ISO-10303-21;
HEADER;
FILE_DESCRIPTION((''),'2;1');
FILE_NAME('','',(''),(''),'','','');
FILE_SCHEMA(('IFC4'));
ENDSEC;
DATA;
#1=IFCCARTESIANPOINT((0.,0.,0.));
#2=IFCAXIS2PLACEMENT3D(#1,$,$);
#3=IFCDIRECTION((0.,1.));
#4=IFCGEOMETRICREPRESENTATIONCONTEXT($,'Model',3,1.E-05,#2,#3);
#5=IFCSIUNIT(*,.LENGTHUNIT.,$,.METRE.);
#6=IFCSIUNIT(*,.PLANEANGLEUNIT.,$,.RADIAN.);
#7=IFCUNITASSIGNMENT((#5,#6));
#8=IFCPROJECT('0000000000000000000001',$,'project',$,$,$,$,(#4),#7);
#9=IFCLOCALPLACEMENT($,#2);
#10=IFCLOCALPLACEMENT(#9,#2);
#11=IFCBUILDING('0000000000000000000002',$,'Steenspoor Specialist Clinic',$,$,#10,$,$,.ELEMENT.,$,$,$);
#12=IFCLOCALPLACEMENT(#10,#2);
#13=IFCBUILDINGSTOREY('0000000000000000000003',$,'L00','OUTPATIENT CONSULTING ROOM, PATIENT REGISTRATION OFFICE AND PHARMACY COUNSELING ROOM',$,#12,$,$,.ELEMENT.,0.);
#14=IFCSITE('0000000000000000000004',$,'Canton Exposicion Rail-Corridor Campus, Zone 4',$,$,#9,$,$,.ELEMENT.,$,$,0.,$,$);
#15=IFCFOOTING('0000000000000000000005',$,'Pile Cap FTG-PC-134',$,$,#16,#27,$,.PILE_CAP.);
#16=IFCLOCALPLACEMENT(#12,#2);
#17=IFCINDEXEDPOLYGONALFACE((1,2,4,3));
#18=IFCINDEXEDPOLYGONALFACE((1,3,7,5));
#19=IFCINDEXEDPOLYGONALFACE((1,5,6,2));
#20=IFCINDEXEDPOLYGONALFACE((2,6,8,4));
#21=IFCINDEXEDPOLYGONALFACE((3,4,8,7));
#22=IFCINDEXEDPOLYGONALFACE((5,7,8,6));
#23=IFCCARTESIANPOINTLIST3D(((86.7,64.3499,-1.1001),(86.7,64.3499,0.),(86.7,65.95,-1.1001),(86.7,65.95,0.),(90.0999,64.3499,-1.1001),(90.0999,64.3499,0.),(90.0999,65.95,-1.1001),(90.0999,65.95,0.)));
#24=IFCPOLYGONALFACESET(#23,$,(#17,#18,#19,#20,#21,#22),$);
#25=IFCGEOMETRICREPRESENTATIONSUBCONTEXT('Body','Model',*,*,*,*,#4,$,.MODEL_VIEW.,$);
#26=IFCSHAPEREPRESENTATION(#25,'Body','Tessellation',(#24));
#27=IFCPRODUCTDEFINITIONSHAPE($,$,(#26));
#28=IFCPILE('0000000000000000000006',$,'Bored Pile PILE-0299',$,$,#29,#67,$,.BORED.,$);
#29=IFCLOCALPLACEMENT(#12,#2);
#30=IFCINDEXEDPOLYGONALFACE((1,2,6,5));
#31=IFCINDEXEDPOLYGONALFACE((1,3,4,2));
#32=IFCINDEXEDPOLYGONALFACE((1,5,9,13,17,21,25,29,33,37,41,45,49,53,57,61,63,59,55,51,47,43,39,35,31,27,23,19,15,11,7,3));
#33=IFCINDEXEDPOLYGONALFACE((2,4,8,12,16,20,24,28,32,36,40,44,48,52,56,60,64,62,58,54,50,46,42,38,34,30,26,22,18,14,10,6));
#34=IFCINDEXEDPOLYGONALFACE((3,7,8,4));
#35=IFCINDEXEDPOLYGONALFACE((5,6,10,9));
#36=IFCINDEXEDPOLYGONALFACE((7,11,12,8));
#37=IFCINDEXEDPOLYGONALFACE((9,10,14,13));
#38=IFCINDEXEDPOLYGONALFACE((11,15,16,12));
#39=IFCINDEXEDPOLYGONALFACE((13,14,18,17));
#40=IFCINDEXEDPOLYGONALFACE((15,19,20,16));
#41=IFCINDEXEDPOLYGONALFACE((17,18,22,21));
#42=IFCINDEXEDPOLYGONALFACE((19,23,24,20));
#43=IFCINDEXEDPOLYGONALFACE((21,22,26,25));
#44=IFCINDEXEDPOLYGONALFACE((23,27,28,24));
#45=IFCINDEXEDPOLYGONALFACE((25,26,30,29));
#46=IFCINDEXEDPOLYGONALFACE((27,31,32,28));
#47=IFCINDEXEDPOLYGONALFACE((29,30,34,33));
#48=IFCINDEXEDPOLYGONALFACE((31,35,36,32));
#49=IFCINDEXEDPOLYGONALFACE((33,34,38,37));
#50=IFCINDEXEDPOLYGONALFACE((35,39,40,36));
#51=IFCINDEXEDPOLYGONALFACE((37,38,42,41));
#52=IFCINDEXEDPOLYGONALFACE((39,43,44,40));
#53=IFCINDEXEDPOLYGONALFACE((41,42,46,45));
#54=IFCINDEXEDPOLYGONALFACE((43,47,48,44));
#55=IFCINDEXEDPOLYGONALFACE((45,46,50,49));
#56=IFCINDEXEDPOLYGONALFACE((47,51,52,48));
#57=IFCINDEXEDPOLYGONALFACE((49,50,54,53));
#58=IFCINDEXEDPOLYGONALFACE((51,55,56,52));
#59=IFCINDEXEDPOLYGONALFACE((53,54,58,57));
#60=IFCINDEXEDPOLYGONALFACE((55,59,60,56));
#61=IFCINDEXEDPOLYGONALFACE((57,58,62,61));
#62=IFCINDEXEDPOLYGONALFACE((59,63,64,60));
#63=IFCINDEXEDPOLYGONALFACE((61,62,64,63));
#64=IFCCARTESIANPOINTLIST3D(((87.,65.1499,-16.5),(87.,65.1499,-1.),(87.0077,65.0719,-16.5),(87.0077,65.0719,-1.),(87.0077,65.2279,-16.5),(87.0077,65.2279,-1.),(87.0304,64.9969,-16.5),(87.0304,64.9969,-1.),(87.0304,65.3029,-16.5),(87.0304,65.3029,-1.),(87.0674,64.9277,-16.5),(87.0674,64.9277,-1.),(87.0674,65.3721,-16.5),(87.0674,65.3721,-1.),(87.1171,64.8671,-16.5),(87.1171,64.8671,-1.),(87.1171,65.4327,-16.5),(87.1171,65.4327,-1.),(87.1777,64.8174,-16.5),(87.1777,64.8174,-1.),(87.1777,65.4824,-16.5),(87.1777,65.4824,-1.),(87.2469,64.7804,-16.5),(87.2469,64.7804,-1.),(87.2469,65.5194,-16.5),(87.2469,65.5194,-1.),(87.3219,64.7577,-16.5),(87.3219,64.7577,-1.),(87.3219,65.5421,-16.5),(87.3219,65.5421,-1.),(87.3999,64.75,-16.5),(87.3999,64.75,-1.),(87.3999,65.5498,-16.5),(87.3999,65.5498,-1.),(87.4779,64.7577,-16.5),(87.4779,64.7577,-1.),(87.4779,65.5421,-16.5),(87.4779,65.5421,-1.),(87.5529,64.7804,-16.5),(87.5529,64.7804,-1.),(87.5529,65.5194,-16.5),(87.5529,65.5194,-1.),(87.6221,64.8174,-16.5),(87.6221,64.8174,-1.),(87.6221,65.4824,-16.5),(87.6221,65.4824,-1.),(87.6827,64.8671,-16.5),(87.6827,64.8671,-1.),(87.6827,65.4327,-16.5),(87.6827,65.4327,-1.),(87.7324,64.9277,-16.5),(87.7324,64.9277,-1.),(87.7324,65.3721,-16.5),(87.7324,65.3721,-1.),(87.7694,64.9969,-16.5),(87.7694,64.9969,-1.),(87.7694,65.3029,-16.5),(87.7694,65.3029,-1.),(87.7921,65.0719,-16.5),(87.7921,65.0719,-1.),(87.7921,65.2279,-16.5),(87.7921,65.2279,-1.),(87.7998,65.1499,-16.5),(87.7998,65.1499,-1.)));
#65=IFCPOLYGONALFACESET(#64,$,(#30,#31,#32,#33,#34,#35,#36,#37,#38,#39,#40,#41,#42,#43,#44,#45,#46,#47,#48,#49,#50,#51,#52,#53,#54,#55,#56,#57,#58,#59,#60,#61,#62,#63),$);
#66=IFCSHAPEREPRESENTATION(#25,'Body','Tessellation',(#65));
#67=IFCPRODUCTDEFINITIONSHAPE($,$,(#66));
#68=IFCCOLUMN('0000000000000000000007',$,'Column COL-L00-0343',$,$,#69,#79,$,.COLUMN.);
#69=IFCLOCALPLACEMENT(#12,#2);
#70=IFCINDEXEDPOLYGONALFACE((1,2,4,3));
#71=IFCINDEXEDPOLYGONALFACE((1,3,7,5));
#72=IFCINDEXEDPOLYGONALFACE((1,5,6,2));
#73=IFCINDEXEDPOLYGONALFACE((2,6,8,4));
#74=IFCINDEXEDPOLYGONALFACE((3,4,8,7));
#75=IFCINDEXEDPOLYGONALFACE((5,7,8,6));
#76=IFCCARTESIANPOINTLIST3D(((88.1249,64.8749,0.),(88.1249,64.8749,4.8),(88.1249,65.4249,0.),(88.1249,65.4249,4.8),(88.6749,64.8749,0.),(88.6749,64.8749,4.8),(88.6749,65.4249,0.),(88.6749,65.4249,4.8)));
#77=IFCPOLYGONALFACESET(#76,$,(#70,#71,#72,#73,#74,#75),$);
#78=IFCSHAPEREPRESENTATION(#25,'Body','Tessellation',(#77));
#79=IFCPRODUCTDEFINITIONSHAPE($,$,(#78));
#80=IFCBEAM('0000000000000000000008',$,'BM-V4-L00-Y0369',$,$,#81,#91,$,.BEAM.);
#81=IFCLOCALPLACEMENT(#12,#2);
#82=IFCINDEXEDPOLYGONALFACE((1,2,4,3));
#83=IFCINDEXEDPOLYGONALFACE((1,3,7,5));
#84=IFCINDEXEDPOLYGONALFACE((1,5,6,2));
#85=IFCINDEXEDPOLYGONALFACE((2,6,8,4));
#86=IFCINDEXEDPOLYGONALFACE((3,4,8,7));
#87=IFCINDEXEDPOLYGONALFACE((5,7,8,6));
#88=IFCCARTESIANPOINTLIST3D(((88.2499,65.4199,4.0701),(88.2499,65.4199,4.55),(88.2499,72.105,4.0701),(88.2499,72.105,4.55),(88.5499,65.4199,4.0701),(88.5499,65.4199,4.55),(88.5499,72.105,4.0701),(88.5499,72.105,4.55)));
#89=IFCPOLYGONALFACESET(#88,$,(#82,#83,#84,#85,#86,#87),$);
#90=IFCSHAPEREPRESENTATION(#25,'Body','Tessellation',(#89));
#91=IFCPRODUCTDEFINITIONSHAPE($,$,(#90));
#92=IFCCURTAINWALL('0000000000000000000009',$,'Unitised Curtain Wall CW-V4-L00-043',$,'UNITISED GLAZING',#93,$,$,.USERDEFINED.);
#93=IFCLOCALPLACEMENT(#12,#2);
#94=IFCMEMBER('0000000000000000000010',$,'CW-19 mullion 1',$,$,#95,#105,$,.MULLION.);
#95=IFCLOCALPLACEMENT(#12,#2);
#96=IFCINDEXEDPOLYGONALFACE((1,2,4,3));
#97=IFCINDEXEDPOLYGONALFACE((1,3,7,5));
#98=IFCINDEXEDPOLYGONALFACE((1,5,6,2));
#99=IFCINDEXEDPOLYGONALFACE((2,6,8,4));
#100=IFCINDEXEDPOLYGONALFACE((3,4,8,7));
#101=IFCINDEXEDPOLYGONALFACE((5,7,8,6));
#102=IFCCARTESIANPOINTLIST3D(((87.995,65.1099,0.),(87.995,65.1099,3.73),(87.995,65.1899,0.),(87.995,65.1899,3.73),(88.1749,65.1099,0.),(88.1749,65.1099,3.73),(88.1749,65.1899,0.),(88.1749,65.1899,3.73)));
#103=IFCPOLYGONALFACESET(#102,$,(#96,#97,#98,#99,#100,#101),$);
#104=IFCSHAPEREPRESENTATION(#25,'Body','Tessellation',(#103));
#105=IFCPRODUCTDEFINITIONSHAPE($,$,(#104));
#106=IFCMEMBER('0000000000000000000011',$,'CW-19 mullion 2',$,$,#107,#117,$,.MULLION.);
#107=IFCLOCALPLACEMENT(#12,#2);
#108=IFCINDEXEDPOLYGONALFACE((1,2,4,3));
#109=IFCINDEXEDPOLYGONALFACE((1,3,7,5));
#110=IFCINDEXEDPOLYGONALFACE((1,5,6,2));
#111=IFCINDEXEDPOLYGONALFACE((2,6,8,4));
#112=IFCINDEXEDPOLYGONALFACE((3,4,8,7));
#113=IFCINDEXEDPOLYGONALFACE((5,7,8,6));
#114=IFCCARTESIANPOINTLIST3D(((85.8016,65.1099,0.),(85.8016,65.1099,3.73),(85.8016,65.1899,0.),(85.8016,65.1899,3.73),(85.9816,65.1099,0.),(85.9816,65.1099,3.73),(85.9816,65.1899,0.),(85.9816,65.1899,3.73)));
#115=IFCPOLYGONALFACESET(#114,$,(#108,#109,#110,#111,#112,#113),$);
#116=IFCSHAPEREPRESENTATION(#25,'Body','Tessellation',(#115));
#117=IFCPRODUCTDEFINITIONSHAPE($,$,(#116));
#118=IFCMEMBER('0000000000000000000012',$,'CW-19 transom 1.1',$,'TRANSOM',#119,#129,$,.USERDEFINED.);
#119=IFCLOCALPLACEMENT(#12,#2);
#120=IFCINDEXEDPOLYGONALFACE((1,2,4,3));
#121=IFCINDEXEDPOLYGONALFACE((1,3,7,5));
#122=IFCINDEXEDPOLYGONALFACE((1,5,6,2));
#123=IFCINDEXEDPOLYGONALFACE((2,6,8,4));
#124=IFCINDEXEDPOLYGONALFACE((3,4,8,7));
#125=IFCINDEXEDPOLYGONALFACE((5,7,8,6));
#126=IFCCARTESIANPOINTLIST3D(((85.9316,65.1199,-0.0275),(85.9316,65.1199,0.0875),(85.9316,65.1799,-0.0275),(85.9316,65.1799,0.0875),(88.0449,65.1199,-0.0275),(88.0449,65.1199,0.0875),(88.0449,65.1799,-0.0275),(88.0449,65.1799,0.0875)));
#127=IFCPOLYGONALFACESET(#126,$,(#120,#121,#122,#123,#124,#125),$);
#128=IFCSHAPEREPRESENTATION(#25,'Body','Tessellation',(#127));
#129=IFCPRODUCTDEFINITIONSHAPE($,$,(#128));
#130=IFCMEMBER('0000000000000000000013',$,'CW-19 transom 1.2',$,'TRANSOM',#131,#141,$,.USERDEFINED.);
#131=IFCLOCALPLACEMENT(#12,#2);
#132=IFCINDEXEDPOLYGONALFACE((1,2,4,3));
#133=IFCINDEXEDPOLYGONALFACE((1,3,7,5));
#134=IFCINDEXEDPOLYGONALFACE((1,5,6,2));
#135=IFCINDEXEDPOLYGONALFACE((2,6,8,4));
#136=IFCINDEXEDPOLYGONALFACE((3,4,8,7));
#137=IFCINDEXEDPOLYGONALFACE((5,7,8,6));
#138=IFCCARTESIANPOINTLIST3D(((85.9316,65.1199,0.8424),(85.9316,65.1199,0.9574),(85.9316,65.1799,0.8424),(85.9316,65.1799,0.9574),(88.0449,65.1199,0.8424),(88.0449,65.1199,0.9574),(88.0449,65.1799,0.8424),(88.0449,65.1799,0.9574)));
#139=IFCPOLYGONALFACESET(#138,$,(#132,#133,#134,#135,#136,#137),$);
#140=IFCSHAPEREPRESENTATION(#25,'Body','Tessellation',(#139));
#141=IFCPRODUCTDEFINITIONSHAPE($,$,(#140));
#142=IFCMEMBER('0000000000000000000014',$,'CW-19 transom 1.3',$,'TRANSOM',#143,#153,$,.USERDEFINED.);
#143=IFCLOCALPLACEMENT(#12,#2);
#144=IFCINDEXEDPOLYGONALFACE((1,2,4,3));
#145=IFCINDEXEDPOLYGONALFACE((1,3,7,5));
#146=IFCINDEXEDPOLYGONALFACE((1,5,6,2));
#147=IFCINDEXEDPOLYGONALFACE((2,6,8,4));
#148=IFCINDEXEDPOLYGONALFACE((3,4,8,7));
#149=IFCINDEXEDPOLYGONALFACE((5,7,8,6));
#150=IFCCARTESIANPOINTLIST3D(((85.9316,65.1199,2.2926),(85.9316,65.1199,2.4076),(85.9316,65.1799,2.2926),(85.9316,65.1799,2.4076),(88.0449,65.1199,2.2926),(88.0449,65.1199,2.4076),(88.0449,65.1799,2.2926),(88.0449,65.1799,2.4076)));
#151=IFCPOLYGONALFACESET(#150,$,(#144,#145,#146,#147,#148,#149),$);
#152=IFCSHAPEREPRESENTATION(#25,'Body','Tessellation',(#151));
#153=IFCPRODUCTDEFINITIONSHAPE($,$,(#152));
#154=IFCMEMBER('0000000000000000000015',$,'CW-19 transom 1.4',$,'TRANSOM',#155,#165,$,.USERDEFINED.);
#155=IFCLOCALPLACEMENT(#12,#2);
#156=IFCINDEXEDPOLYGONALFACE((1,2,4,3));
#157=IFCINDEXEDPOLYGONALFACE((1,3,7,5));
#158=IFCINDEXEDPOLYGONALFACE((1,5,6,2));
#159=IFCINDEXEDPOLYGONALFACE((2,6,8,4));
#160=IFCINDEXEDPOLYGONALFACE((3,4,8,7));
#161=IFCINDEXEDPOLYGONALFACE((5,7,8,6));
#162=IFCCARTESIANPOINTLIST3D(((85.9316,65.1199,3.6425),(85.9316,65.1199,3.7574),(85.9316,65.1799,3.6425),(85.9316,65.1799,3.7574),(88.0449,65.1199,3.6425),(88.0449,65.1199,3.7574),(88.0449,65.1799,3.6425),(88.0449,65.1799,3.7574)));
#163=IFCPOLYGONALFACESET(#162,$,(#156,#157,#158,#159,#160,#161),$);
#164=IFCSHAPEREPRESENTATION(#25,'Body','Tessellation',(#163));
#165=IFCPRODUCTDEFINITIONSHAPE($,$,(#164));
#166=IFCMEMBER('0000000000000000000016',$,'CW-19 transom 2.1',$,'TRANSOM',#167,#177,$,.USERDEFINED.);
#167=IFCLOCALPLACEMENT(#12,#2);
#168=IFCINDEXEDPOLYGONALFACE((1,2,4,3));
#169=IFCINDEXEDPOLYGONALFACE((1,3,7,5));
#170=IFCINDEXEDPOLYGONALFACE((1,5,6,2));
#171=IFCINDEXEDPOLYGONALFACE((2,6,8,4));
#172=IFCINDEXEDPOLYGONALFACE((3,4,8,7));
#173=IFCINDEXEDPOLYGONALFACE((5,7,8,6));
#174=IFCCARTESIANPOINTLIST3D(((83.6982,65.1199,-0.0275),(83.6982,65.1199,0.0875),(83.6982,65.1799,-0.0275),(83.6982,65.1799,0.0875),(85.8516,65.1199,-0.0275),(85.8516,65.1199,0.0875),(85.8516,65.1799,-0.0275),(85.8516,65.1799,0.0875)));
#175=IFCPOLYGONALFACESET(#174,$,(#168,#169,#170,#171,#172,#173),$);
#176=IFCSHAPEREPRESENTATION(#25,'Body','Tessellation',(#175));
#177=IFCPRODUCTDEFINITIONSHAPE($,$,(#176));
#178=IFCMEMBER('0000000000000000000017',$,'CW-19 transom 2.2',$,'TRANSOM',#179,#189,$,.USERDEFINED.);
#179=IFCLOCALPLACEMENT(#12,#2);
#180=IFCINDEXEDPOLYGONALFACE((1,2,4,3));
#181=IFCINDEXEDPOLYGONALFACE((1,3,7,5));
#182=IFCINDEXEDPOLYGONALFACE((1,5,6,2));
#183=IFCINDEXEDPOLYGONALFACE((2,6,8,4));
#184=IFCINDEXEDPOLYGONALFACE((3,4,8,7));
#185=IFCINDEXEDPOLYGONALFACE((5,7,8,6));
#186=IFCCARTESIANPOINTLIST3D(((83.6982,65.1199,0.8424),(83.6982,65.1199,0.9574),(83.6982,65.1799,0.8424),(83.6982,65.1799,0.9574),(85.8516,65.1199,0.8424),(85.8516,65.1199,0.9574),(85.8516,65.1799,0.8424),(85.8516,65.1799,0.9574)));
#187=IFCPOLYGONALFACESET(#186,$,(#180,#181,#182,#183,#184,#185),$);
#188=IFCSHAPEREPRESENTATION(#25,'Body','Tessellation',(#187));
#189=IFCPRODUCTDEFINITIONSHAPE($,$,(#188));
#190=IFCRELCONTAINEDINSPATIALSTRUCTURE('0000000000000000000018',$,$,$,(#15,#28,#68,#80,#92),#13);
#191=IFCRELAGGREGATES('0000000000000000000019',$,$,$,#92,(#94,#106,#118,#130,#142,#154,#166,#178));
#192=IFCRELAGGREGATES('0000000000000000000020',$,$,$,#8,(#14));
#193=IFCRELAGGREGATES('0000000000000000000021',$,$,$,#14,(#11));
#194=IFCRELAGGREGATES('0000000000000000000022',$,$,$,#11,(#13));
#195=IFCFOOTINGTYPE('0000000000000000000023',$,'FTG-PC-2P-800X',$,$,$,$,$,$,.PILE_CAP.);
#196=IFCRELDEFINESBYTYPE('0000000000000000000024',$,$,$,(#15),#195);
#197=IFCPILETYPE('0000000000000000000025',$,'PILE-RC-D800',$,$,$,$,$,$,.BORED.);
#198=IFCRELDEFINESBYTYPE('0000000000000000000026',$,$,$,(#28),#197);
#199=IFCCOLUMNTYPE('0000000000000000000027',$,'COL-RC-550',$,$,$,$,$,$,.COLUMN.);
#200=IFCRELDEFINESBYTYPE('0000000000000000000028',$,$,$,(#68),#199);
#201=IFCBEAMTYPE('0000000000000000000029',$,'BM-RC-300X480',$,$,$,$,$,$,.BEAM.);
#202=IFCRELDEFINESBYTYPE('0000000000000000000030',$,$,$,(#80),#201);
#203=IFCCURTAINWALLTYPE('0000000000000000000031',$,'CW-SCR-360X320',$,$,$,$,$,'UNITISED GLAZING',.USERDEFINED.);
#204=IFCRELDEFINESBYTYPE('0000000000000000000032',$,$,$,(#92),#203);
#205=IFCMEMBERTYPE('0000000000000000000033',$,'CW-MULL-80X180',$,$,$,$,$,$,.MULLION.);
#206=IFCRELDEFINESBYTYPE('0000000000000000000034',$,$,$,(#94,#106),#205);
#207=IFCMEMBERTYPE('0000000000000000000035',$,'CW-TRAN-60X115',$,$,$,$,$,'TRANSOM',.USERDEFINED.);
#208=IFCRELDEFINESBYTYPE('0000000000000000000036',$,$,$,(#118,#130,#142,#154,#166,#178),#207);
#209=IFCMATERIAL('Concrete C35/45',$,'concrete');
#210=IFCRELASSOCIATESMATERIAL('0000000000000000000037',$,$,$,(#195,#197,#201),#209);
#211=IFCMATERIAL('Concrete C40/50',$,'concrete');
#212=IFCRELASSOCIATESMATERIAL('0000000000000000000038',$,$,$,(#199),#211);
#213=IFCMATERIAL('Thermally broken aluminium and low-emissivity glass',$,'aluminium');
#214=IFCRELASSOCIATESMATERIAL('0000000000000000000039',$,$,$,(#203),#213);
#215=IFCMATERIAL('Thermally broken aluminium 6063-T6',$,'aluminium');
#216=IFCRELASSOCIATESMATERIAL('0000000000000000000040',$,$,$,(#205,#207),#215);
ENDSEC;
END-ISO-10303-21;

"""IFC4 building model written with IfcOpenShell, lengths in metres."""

from ifc_helpers import new_model, si_unit, direction, frame, origin, origin_2d, place, context, subcontext, project, spatial, rectangle, circle, extrude, material, material_profile, profile_set, type_object, element, aggregate, save


model = new_model("IFC4")

# Units and contexts
model_context = context("Model", 3, precision=1e-05, world=origin(), true_north=direction((0.0, 1.0)))
body_context = subcontext(model_context, "Body", "Model", "MODEL_VIEW")
ifc_project = project(units=[si_unit("LENGTHUNIT", "METRE"), si_unit("PLANEANGLEUNIT", "RADIAN")], contexts=[model_context])

# Site, building, storey
site_placement = place(None, origin())
site = spatial("IfcSite", under=ifc_project, at=site_placement, Name="Canton Exposicion Rail-Corridor Campus, Zone 4", CompositionType="ELEMENT", RefElevation=0.0)
building_placement = place(site_placement, origin())
building = spatial("IfcBuilding", under=site, at=building_placement, Name="Steenspoor Specialist Clinic", CompositionType="ELEMENT")
storey_placement = place(building_placement, origin())
storey = spatial("IfcBuildingStorey", under=building, at=storey_placement, Name="L00", Description="OUTPATIENT CONSULTING ROOM, PATIENT REGISTRATION OFFICE AND PHARMACY COUNSELING ROOM", CompositionType="ELEMENT", Elevation=0.0)

# Footing
ifc_material_1 = material(Name="Concrete C35/45", Category="concrete")
footing_type = type_object("IfcFootingType", Name="FTG-PC-2P-800X", PredefinedType="PILE_CAP", material=ifc_material_1)
footing_placement = place(storey_placement, frame((88.3999, 65.1499, -1.1001), z_axis=(0.0, 0.0, 1.0), x_axis=(1.0, 0.0, 0.0)))
element("IfcFooting", 1, at=footing_placement, inside=storey, type_object=footing_type, Name="Pile Cap FTG-PC-134", PredefinedType="PILE_CAP", context=body_context, shape_type="SweptSolid", body=[
    extrude(rectangle(XDim=3.3999, YDim=1.6001, at=origin_2d()), origin(), (0.0, 0.0, 1.0), 1.1001),
])

# Pile
ifc_material_profile_1 = material_profile(ifc_material_1, circle(Radius=0.3999, at=origin_2d()), Name="PILE-D800")
ifc_profile_set_1 = profile_set([ifc_material_profile_1], Name="Concrete C35/45")
pile_type = type_object("IfcPileType", Name="PILE-RC-D800", PredefinedType="BORED", material=ifc_profile_set_1)
pile_placement = place(storey_placement, frame((87.3999, 65.1499, -1.0), z_axis=(0.0, 0.0, -1.0), x_axis=(1.0, 0.0, 0.0)))
element("IfcPile", 2, at=pile_placement, inside=storey, type_object=pile_type, Name="Bored Pile PILE-0299", PredefinedType="BORED", context=body_context, shape_type="SweptSolid", body=[
    extrude(circle(Radius=0.3999, at=origin_2d()), origin(), (0.0, 0.0, 1.0), 15.5),
])

# Column
ifc_material_2 = material(Name="Concrete C40/50", Category="concrete")
ifc_material_profile_2 = material_profile(ifc_material_2, rectangle(XDim=0.55, YDim=0.55, at=origin_2d()), Name="RC-COL-550X550")
ifc_profile_set_2 = profile_set([ifc_material_profile_2], Name="Concrete C40/50")
column_type = type_object("IfcColumnType", Name="COL-RC-550", PredefinedType="COLUMN", material=ifc_profile_set_2)
column_placement = place(storey_placement, frame((88.3999, 65.1499, 0.0), z_axis=(0.0, 0.0, 1.0), x_axis=(1.0, 0.0, 0.0)))
element("IfcColumn", 3, at=column_placement, inside=storey, type_object=column_type, Name="Column COL-L00-0343", PredefinedType="COLUMN", context=body_context, shape_type="SweptSolid", body=[
    extrude(rectangle(XDim=0.55, YDim=0.55, at=origin_2d()), origin(), (0.0, 0.0, 1.0), 4.8),
])

# Beam
ifc_material_profile_3 = material_profile(ifc_material_1, rectangle(XDim=0.3, YDim=0.48, at=origin_2d()), Name="RC-BM-300X480")
ifc_profile_set_3 = profile_set([ifc_material_profile_3], Name="Concrete C35/45")
beam_type = type_object("IfcBeamType", Name="BM-RC-300X480", PredefinedType="BEAM", material=ifc_profile_set_3)
beam_placement = place(storey_placement, frame((88.3999, 65.4199, 4.3101), z_axis=(0.0, 1.0, 0.0), x_axis=(-1.0, 0.0, 0.0)))
element("IfcBeam", 4, at=beam_placement, inside=storey, type_object=beam_type, Name="BM-V4-L00-Y0369", PredefinedType="BEAM", context=body_context, shape_type="SweptSolid", body=[
    extrude(rectangle(XDim=0.3, YDim=0.48, at=origin_2d()), origin(), (0.0, 0.0, 1.0), 6.6851),
])

# Curtain wall, members
ifc_material_3 = material(Name="Thermally broken aluminium and low-emissivity glass", Category="aluminium")
curtain_wall_type = type_object("IfcCurtainWallType", Name="CW-SCR-360X320", ElementType="UNITISED GLAZING", PredefinedType="USERDEFINED", material=ifc_material_3)
curtain_wall_placement = place(storey_placement, origin())
curtain_wall = element("IfcCurtainWall", 5, at=curtain_wall_placement, inside=storey, type_object=curtain_wall_type, Name="Unitised Curtain Wall CW-V4-L00-043", ObjectType="UNITISED GLAZING", PredefinedType="USERDEFINED")
ifc_material_4 = material(Name="Thermally broken aluminium 6063-T6", Category="aluminium")
ifc_material_profile_4 = material_profile(ifc_material_4, rectangle(XDim=0.0801, YDim=0.1799, at=origin_2d()), Name="CWM-80X180")
ifc_profile_set_4 = profile_set([ifc_material_profile_4], Name="Thermally broken aluminium 6063-T6")
member_type_1 = type_object("IfcMemberType", Name="CW-MULL-80X180", PredefinedType="MULLION", material=ifc_profile_set_4)
member_1_placement = place(storey_placement, frame((88.085, 65.1499, 0.0), z_axis=(0.0, 0.0, 1.0), x_axis=(0.0, -1.0, 0.0)))
member_1 = element("IfcMember", 6, at=member_1_placement, type_object=member_type_1, Name="CW-19 mullion 1", PredefinedType="MULLION", context=body_context, shape_type="SweptSolid", body=[
    extrude(rectangle(XDim=0.0801, YDim=0.1799, at=origin_2d()), origin(), (0.0, 0.0, 1.0), 3.73),
])
member_2_placement = place(storey_placement, frame((85.8916, 65.1499, 0.0), z_axis=(0.0, 0.0, 1.0), x_axis=(0.0, -1.0, 0.0)))
member_2 = element("IfcMember", 7, at=member_2_placement, type_object=member_type_1, Name="CW-19 mullion 2", PredefinedType="MULLION", context=body_context, shape_type="SweptSolid", body=[
    extrude(rectangle(XDim=0.0801, YDim=0.1799, at=origin_2d()), origin(), (0.0, 0.0, 1.0), 3.73),
])
ifc_material_profile_5 = material_profile(ifc_material_4, rectangle(XDim=0.0601, YDim=0.115, at=origin_2d()), Name="CWT-60X115")
ifc_profile_set_5 = profile_set([ifc_material_profile_5], Name="Thermally broken aluminium 6063-T6")
member_type_2 = type_object("IfcMemberType", Name="CW-TRAN-60X115", ElementType="TRANSOM", PredefinedType="USERDEFINED", material=ifc_profile_set_5)
member_3_placement = place(storey_placement, frame((88.0449, 65.1499, 0.03), z_axis=(-1.0, 0.0, 0.0), x_axis=(0.0, -1.0, 0.0)))
member_3 = element("IfcMember", 8, at=member_3_placement, type_object=member_type_2, Name="CW-19 transom 1.1", ObjectType="TRANSOM", PredefinedType="USERDEFINED", context=body_context, shape_type="SweptSolid", body=[
    extrude(rectangle(XDim=0.0601, YDim=0.115, at=origin_2d()), origin(), (0.0, 0.0, 1.0), 2.1133),
])
member_4_placement = place(storey_placement, frame((88.0449, 65.1499, 0.8999), z_axis=(-1.0, 0.0, 0.0), x_axis=(0.0, -1.0, 0.0)))
member_4 = element("IfcMember", 9, at=member_4_placement, type_object=member_type_2, Name="CW-19 transom 1.2", ObjectType="TRANSOM", PredefinedType="USERDEFINED", context=body_context, shape_type="SweptSolid", body=[
    extrude(rectangle(XDim=0.0601, YDim=0.115, at=origin_2d()), origin(), (0.0, 0.0, 1.0), 2.1133),
])
member_5_placement = place(storey_placement, frame((88.0449, 65.1499, 2.3501), z_axis=(-1.0, 0.0, 0.0), x_axis=(0.0, -1.0, 0.0)))
member_5 = element("IfcMember", 10, at=member_5_placement, type_object=member_type_2, Name="CW-19 transom 1.3", ObjectType="TRANSOM", PredefinedType="USERDEFINED", context=body_context, shape_type="SweptSolid", body=[
    extrude(rectangle(XDim=0.0601, YDim=0.115, at=origin_2d()), origin(), (0.0, 0.0, 1.0), 2.1133),
])
member_6_placement = place(storey_placement, frame((88.0449, 65.1499, 3.7), z_axis=(-1.0, 0.0, 0.0), x_axis=(0.0, -1.0, 0.0)))
member_6 = element("IfcMember", 11, at=member_6_placement, type_object=member_type_2, Name="CW-19 transom 1.4", ObjectType="TRANSOM", PredefinedType="USERDEFINED", context=body_context, shape_type="SweptSolid", body=[
    extrude(rectangle(XDim=0.0601, YDim=0.115, at=origin_2d()), origin(), (0.0, 0.0, 1.0), 2.1133),
])
member_7_placement = place(storey_placement, frame((85.8516, 65.1499, 0.03), z_axis=(-1.0, 0.0, 0.0), x_axis=(0.0, -1.0, 0.0)))
member_7 = element("IfcMember", 12, at=member_7_placement, type_object=member_type_2, Name="CW-19 transom 2.1", ObjectType="TRANSOM", PredefinedType="USERDEFINED", context=body_context, shape_type="SweptSolid", body=[
    extrude(rectangle(XDim=0.0601, YDim=0.115, at=origin_2d()), origin(), (0.0, 0.0, 1.0), 2.1533),
])
member_8_placement = place(storey_placement, frame((85.8516, 65.1499, 0.8999), z_axis=(-1.0, 0.0, 0.0), x_axis=(0.0, -1.0, 0.0)))
member_8 = element("IfcMember", 13, at=member_8_placement, type_object=member_type_2, Name="CW-19 transom 2.2", ObjectType="TRANSOM", PredefinedType="USERDEFINED", context=body_context, shape_type="SweptSolid", body=[
    extrude(rectangle(XDim=0.0601, YDim=0.115, at=origin_2d()), origin(), (0.0, 0.0, 1.0), 2.1533),
])
aggregate(curtain_wall, [member_1, member_2, member_3, member_4, member_5, member_6, member_7, member_8])

save(model, "model.ifc")
